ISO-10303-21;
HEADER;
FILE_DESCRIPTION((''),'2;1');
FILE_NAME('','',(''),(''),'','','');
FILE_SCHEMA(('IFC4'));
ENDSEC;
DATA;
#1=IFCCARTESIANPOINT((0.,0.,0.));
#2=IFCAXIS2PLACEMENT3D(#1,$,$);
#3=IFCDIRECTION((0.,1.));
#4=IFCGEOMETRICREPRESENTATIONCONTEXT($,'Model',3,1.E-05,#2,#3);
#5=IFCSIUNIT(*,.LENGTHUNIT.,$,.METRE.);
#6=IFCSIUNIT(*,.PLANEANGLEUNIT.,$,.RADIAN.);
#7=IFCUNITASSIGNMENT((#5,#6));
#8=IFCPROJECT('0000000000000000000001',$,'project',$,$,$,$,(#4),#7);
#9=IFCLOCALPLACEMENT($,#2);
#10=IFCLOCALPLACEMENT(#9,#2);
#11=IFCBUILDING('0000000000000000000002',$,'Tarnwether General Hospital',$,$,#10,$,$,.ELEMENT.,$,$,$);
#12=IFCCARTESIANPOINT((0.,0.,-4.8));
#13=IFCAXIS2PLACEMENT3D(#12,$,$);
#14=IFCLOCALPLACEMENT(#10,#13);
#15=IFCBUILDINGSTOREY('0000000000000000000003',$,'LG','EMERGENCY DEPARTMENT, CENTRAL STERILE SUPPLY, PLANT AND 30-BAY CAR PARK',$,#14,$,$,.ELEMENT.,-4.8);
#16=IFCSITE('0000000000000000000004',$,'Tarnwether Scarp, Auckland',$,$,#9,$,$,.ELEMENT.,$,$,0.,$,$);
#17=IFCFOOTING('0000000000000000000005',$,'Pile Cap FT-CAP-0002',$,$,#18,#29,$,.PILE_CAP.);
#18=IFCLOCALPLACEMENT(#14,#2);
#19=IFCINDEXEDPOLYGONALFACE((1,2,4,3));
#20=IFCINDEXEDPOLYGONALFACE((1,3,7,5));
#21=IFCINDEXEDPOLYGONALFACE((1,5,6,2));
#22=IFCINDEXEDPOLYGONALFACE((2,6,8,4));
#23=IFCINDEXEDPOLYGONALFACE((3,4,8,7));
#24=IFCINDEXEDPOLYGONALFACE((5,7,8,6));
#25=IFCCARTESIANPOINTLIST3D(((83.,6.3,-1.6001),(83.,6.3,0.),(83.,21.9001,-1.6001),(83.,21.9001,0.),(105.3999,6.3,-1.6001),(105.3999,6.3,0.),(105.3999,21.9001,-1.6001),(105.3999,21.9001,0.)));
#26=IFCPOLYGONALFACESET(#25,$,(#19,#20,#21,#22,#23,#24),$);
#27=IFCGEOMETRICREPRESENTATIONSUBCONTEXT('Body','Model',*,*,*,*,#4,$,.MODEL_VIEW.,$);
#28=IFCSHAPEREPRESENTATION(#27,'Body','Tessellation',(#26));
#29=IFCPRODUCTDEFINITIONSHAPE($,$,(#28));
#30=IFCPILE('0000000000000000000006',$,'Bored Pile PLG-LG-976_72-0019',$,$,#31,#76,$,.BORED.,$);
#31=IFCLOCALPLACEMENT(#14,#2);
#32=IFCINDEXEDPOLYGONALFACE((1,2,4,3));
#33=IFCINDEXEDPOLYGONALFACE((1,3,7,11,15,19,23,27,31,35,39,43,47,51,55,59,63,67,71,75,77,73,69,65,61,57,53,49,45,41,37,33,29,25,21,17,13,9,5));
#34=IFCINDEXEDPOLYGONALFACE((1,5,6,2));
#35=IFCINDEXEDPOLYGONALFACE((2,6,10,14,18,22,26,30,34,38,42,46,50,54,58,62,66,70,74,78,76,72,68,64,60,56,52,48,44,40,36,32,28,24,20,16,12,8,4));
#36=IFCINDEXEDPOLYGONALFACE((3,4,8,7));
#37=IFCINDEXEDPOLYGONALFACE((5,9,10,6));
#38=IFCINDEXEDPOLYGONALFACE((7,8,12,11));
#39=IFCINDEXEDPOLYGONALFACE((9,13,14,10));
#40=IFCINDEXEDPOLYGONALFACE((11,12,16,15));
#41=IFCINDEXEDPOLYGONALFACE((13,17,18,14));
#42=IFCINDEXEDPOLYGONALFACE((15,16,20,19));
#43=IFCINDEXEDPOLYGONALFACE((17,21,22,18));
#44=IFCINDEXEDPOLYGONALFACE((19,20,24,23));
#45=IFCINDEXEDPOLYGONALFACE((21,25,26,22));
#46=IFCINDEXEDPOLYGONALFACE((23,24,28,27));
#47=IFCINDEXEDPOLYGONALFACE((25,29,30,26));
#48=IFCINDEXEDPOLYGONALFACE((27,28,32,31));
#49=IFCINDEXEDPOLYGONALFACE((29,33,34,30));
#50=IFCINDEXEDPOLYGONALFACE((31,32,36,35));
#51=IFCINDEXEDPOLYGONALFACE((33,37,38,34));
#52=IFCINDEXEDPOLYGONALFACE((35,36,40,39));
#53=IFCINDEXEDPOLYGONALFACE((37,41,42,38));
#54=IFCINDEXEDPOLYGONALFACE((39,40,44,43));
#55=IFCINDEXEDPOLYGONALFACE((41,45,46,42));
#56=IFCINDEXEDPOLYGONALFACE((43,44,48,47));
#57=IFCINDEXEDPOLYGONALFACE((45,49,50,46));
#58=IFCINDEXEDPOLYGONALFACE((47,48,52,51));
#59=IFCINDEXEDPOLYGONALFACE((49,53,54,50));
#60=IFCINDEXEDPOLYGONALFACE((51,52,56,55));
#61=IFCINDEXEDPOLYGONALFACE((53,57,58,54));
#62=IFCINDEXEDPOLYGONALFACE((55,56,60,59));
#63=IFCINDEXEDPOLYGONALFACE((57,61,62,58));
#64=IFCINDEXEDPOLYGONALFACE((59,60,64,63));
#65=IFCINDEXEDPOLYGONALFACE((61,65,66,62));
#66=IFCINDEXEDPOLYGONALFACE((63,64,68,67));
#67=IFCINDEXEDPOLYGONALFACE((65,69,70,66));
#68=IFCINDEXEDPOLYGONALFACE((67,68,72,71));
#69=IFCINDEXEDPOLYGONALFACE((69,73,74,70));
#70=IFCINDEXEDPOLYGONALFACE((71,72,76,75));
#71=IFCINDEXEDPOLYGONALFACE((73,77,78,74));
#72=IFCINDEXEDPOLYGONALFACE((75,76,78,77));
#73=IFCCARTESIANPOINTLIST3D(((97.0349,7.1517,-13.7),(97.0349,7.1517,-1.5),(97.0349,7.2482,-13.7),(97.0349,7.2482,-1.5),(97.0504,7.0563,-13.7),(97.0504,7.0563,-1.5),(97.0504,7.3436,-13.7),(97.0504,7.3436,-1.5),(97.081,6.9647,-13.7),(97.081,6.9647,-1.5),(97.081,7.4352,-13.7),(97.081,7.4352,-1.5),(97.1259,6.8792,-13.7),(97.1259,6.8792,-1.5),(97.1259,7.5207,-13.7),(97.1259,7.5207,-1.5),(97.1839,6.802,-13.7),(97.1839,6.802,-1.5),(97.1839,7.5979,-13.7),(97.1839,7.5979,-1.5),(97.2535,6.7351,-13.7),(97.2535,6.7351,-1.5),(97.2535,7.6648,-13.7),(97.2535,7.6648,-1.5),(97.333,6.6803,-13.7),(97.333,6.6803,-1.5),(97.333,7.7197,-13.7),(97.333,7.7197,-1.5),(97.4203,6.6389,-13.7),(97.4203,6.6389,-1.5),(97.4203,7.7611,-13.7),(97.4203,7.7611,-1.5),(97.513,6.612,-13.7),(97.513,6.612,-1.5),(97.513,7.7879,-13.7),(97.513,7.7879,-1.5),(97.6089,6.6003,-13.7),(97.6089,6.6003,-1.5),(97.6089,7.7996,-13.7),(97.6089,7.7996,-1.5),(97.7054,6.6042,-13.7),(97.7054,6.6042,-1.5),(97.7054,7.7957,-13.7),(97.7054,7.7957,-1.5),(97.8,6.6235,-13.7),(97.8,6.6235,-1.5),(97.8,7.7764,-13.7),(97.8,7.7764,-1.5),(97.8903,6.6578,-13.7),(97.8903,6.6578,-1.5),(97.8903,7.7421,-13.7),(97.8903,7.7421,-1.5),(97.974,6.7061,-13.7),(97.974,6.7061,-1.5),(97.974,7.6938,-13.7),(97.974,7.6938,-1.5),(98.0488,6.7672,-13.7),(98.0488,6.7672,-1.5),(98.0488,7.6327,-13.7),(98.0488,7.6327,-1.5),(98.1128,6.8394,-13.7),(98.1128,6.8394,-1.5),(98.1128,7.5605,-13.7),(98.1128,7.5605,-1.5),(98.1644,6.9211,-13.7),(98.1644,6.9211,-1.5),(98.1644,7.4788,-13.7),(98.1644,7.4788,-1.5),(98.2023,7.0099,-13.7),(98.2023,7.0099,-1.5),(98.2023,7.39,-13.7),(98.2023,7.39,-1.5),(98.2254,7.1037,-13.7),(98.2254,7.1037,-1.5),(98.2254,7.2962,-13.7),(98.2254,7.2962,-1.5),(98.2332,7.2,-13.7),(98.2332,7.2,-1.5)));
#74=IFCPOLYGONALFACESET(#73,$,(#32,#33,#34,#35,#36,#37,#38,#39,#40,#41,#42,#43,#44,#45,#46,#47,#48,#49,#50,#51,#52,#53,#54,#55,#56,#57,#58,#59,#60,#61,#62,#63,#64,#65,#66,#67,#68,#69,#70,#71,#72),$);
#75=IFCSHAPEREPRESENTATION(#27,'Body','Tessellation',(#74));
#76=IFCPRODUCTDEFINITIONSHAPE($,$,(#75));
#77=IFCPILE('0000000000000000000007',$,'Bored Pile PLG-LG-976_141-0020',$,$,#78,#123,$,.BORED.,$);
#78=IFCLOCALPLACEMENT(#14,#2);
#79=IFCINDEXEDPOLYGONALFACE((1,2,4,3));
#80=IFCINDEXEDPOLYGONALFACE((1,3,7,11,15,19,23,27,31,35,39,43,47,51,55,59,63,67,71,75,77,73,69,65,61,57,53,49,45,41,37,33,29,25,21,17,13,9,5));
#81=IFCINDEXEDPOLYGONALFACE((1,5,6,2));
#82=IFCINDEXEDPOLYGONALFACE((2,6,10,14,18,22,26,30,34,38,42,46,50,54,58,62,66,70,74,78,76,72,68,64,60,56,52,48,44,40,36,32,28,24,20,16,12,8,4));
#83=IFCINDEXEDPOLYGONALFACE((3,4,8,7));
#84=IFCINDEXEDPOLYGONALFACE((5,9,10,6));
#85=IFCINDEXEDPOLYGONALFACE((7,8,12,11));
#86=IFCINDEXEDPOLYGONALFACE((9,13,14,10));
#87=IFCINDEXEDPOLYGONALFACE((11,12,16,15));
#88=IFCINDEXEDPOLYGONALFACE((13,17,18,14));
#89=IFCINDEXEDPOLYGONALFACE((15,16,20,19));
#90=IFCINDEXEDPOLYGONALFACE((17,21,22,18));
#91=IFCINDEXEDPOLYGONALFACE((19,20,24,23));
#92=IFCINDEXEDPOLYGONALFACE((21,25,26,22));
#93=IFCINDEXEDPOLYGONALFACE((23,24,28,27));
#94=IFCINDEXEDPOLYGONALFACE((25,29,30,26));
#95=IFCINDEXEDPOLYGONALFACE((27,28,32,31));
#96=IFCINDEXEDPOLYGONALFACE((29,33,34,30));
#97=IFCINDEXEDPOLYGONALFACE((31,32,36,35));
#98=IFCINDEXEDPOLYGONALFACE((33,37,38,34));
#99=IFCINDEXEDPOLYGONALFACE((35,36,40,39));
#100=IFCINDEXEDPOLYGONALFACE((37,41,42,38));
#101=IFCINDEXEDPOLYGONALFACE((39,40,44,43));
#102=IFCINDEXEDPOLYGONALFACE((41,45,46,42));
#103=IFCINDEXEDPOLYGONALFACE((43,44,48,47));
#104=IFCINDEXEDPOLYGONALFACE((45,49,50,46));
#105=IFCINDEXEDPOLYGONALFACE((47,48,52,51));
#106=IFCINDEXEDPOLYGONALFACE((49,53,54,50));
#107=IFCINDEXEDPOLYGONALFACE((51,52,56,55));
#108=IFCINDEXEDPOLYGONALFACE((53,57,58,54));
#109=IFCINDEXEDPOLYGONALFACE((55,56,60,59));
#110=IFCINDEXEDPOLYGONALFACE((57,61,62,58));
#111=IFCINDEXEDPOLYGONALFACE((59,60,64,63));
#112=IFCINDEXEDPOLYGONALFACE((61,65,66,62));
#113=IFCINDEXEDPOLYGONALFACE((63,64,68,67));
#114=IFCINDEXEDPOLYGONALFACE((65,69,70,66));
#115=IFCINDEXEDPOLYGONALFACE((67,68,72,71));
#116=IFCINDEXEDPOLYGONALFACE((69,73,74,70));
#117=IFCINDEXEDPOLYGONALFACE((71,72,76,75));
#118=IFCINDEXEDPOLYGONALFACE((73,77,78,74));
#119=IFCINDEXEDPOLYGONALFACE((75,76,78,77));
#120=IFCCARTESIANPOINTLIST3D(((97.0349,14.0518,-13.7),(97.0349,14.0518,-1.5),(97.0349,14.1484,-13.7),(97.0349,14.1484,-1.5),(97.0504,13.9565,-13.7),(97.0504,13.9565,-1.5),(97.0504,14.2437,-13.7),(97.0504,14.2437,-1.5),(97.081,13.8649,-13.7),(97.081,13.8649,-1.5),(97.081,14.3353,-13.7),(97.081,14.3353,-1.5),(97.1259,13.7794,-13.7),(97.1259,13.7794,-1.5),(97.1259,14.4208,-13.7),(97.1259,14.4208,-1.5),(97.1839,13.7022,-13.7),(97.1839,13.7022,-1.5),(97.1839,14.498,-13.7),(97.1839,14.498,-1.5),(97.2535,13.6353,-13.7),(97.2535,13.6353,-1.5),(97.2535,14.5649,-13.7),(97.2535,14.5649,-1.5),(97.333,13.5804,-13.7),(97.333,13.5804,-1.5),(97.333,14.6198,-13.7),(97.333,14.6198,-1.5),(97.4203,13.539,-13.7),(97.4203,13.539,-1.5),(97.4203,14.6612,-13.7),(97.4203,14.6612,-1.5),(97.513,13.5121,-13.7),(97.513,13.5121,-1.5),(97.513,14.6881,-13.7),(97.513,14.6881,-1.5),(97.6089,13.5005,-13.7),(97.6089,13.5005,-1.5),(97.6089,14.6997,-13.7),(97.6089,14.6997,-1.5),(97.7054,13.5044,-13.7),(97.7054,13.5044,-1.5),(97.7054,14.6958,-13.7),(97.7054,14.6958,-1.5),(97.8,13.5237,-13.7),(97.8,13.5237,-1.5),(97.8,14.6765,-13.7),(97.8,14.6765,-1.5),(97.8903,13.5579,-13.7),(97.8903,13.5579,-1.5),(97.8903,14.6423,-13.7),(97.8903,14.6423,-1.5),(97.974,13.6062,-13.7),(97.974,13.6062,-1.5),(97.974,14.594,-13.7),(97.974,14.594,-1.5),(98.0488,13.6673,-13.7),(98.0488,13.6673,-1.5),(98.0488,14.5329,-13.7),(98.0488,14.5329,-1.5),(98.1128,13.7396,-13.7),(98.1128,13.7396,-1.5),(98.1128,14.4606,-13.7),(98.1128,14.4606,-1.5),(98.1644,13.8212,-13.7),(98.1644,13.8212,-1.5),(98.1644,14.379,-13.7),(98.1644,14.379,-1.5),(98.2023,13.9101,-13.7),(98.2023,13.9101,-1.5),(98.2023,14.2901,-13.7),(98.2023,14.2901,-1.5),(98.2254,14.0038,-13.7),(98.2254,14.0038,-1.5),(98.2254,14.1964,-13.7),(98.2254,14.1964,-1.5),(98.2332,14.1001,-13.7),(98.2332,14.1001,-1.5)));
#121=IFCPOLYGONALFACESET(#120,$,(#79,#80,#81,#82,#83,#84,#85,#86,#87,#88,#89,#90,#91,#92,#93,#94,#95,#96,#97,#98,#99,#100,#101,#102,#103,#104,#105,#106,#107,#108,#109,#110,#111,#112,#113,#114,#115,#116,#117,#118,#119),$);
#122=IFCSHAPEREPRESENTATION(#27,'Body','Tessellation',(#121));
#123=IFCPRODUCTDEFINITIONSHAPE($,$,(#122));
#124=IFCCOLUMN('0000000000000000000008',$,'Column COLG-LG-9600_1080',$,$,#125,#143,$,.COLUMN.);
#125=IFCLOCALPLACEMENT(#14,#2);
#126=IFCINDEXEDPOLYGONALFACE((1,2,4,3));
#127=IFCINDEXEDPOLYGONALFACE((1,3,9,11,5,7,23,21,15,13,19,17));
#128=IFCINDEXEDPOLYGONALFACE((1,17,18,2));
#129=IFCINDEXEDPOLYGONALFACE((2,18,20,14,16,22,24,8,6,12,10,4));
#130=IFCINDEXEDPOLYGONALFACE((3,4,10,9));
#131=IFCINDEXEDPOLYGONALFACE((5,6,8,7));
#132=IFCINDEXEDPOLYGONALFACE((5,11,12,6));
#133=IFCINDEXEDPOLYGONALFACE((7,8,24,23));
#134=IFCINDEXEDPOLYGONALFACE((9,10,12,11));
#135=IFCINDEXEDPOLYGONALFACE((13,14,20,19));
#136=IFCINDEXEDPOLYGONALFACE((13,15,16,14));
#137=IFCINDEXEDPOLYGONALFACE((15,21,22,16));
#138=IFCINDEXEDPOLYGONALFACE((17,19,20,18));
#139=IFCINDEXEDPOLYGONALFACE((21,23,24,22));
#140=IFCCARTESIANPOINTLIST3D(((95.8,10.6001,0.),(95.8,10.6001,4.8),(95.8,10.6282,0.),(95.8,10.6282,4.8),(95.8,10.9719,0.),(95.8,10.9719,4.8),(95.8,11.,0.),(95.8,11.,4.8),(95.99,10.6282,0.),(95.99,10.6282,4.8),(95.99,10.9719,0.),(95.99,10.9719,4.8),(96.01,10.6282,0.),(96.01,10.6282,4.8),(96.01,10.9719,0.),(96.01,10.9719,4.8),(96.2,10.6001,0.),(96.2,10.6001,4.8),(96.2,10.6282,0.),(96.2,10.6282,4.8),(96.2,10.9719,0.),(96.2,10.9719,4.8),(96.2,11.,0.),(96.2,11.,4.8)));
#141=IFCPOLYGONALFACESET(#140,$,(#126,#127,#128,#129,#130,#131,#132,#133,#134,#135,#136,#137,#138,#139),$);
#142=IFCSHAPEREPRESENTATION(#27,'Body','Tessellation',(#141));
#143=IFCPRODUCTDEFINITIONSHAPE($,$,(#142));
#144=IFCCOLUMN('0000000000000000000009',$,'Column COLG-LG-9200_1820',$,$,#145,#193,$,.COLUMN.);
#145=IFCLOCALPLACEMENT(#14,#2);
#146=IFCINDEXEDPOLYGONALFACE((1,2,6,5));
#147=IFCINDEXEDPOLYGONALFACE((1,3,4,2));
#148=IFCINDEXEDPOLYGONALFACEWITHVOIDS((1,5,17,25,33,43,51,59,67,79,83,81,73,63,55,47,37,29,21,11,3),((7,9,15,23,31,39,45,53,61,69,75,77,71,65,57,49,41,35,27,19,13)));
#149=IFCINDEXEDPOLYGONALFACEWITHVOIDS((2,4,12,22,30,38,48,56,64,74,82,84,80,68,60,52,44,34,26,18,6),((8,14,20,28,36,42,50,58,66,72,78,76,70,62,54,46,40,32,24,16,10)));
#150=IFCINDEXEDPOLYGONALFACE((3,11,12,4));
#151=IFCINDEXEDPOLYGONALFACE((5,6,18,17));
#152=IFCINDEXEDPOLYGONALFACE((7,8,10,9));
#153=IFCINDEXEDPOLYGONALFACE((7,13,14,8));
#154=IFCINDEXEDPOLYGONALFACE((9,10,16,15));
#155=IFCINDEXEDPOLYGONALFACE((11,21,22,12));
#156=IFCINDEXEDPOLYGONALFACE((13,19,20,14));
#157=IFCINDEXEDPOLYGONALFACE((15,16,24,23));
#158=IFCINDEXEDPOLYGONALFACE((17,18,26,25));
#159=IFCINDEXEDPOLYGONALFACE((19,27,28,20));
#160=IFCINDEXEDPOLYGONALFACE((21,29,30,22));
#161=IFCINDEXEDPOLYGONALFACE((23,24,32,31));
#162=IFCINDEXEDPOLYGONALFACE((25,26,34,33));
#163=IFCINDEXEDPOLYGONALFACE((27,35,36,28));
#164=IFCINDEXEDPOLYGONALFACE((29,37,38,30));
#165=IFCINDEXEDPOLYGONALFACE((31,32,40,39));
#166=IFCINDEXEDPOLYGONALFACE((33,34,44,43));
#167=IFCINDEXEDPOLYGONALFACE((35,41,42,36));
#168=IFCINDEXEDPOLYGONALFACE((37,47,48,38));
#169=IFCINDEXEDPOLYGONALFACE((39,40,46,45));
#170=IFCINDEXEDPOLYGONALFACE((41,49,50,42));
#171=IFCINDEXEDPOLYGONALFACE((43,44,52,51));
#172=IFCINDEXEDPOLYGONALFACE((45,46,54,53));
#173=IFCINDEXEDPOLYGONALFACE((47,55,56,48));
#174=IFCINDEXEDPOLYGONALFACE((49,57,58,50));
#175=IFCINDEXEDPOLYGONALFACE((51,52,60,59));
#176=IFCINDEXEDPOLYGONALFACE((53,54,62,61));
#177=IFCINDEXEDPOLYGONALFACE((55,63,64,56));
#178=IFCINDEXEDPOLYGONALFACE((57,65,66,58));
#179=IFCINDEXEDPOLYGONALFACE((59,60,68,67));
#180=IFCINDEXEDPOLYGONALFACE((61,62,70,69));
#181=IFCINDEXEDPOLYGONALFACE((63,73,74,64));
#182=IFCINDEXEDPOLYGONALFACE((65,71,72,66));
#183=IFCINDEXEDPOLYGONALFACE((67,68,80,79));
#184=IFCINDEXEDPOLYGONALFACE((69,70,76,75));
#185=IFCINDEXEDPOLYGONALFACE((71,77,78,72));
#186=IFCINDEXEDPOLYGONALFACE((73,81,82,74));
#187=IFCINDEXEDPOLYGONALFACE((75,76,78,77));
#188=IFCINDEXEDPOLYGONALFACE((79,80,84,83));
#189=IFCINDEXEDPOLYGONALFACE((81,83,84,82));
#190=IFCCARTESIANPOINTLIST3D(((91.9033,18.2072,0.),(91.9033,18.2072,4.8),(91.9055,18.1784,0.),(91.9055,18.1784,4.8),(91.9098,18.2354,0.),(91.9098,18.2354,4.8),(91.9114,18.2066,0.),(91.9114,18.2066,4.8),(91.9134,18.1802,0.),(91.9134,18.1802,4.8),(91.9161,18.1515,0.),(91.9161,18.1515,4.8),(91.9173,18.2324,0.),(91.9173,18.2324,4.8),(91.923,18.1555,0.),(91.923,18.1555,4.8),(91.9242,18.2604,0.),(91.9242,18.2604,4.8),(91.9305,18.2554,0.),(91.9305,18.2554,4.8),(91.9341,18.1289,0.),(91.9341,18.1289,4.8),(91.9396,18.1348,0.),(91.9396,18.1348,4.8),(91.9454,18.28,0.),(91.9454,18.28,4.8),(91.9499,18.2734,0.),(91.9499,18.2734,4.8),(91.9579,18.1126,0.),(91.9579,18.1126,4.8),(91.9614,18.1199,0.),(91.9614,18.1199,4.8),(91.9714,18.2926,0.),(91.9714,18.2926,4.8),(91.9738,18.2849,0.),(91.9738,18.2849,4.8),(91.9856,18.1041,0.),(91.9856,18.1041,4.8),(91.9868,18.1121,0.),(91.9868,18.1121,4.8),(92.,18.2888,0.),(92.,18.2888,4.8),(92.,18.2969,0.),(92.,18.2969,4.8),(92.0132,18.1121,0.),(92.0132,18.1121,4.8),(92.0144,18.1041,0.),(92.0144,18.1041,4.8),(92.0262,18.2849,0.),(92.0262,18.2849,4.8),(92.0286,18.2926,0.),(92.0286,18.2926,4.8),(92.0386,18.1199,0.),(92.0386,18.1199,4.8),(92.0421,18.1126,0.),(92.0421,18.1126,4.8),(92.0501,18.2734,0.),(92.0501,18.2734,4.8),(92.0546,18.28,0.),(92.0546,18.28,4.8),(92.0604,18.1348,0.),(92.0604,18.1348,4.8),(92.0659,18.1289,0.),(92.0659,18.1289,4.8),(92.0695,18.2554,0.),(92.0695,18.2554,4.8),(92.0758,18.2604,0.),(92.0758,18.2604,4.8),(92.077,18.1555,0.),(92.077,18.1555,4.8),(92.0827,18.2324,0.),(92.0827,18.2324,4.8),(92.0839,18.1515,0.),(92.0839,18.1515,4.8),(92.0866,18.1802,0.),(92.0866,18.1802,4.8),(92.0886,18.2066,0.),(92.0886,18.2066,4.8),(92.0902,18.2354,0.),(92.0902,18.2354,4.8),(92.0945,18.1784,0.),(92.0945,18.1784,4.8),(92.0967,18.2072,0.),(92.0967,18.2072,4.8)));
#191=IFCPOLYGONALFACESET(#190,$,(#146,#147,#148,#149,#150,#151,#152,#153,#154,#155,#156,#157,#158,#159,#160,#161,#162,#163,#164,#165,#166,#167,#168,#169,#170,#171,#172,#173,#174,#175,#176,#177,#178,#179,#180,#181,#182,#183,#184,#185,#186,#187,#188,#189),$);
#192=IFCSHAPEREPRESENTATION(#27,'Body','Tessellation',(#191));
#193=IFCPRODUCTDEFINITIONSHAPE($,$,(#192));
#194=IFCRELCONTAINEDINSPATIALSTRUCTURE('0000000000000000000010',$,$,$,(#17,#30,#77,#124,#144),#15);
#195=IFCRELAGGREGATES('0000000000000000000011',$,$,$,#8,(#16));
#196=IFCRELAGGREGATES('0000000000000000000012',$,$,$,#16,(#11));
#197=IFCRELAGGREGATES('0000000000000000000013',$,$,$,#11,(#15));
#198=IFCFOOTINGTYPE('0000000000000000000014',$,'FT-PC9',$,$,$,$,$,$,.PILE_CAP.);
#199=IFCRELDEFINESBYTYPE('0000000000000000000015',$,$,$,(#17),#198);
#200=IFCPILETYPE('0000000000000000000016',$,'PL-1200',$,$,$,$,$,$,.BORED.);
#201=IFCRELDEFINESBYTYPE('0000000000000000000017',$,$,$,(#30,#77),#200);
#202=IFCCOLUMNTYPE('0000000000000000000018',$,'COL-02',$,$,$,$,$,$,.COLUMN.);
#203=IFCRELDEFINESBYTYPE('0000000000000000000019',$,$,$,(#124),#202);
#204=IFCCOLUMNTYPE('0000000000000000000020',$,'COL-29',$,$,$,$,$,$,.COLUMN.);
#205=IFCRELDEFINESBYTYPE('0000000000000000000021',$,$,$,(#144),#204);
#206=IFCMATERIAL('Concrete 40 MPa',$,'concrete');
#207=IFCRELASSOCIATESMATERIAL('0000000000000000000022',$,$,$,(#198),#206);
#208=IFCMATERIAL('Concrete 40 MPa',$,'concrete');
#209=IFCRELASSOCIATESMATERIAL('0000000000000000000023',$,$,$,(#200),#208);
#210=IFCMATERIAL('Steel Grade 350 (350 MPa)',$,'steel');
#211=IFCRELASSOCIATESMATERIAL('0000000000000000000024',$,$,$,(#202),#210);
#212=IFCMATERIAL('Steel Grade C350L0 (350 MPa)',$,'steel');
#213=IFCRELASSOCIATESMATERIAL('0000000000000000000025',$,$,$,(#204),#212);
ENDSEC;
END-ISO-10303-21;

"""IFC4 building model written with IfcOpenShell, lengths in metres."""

from ifc_helpers import new_model, si_unit, direction, frame, origin, origin_2d, place, context, subcontext, project, spatial, rectangle, circle, hollow_circle, i_section, extrude, material, material_profile, profile_set, type_object, element, save


model = new_model("IFC4")

# Units and contexts
model_context = context("Model", 3, precision=1e-05, world=origin(), true_north=direction((0.0, 1.0)))
body_context = subcontext(model_context, "Body", "Model", "MODEL_VIEW")
ifc_project = project(units=[si_unit("LENGTHUNIT", "METRE"), si_unit("PLANEANGLEUNIT", "RADIAN")], contexts=[model_context])

# Site, building, storey
site_placement = place(None, origin())
site = spatial("IfcSite", under=ifc_project, at=site_placement, Name="Tarnwether Scarp, Auckland", CompositionType="ELEMENT", RefElevation=0.0)
building_placement = place(site_placement, origin())
building = spatial("IfcBuilding", under=site, at=building_placement, Name="Tarnwether General Hospital", CompositionType="ELEMENT")
storey_placement = place(building_placement, frame((0.0, 0.0, -4.8)))
storey = spatial("IfcBuildingStorey", under=building, at=storey_placement, Name="LG", Description="EMERGENCY DEPARTMENT, CENTRAL STERILE SUPPLY, PLANT AND 30-BAY CAR PARK", CompositionType="ELEMENT", Elevation=-4.8)

# Footing
ifc_material_1 = material(Name="Concrete 40 MPa", Category="concrete")
footing_type = type_object("IfcFootingType", Name="FT-PC9", PredefinedType="PILE_CAP", material=ifc_material_1)
footing_placement = place(storey_placement, frame((94.2, 14.1001, -1.6001), z_axis=(0.0, 0.0, 1.0), x_axis=(1.0, 0.0, 0.0)))
element("IfcFooting", 1, at=footing_placement, inside=storey, type_object=footing_type, Name="Pile Cap FT-CAP-0002", PredefinedType="PILE_CAP", context=body_context, shape_type="SweptSolid", body=[
    extrude(rectangle(XDim=22.3999, YDim=15.6001, at=origin_2d()), origin(), (0.0, 0.0, 1.0), 1.6001),
])

# Piles
ifc_material_2 = material(Name="Concrete 40 MPa", Category="concrete")
ifc_material_profile_1 = material_profile(ifc_material_2, circle(Radius=0.6001, at=origin_2d()), Name="PILE-D1200")
ifc_profile_set_1 = profile_set([ifc_material_profile_1], Name="Concrete 40 MPa")
pile_type = type_object("IfcPileType", Name="PL-1200", PredefinedType="BORED", material=ifc_profile_set_1)
for number, where, z_axis, x_axis, name in (
    (2, (97.6331, 7.2, -1.5), (0.0, 0.0, -1.0), (1.0, 0.0, 0.0), "Bored Pile PLG-LG-976_72-0019"),
    (3, (97.6331, 14.1001, -1.5), (0.0, 0.0, -1.0), (1.0, 0.0, 0.0), "Bored Pile PLG-LG-976_141-0020"),
):
    element("IfcPile", number, at=place(storey_placement, frame(where, z_axis=z_axis, x_axis=x_axis)), inside=storey, type_object=pile_type, Name=name, PredefinedType="BORED", context=body_context, shape_type="SweptSolid", body=[
        extrude(circle(Radius=0.6001, at=origin_2d()), origin(), (0.0, 0.0, 1.0), 12.2),
    ])

# Columns
ifc_material_3 = material(Name="Steel Grade 350 (350 MPa)", Category="steel")
ifc_material_profile_2 = material_profile(ifc_material_3, i_section(OverallWidth=0.3999, OverallDepth=0.3999, WebThickness=0.02, FlangeThickness=0.0281, at=origin_2d()), Name="400WC270")
ifc_profile_set_2 = profile_set([ifc_material_profile_2], Name="Steel Grade 350 (350 MPa)")
column_type_1 = type_object("IfcColumnType", Name="COL-02", PredefinedType="COLUMN", material=ifc_profile_set_2)
column_1_placement = place(storey_placement, frame((96.0, 10.8, 0.0), z_axis=(0.0, 0.0, 1.0), x_axis=(1.0, 0.0, 0.0)))
element("IfcColumn", 4, at=column_1_placement, inside=storey, type_object=column_type_1, Name="Column COLG-LG-9600_1080", PredefinedType="COLUMN", context=body_context, shape_type="SweptSolid", body=[
    extrude(i_section(OverallWidth=0.3999, OverallDepth=0.3999, WebThickness=0.02, FlangeThickness=0.0281, at=origin_2d()), origin(), (0.0, 0.0, 1.0), 4.8),
])
ifc_material_4 = material(Name="Steel Grade C350L0 (350 MPa)", Category="steel")
ifc_material_profile_3 = material_profile(ifc_material_4, hollow_circle(Radius=0.0969, WallThickness=0.0081, at=origin_2d()), Name="CHS193.7x8.0")
ifc_profile_set_3 = profile_set([ifc_material_profile_3], Name="Steel Grade C350L0 (350 MPa)")
column_type_2 = type_object("IfcColumnType", Name="COL-29", PredefinedType="COLUMN", material=ifc_profile_set_3)
column_2_placement = place(storey_placement, frame((92.0, 18.2, 0.0), z_axis=(0.0, 0.0, 1.0), x_axis=(0.0, 1.0, 0.0)))
element("IfcColumn", 5, at=column_2_placement, inside=storey, type_object=column_type_2, Name="Column COLG-LG-9200_1820", PredefinedType="COLUMN", context=body_context, shape_type="SweptSolid", body=[
    extrude(hollow_circle(Radius=0.0969, WallThickness=0.0081, at=origin_2d()), origin(), (0.0, 0.0, 1.0), 4.8),
])

save(model, "model.ifc")
